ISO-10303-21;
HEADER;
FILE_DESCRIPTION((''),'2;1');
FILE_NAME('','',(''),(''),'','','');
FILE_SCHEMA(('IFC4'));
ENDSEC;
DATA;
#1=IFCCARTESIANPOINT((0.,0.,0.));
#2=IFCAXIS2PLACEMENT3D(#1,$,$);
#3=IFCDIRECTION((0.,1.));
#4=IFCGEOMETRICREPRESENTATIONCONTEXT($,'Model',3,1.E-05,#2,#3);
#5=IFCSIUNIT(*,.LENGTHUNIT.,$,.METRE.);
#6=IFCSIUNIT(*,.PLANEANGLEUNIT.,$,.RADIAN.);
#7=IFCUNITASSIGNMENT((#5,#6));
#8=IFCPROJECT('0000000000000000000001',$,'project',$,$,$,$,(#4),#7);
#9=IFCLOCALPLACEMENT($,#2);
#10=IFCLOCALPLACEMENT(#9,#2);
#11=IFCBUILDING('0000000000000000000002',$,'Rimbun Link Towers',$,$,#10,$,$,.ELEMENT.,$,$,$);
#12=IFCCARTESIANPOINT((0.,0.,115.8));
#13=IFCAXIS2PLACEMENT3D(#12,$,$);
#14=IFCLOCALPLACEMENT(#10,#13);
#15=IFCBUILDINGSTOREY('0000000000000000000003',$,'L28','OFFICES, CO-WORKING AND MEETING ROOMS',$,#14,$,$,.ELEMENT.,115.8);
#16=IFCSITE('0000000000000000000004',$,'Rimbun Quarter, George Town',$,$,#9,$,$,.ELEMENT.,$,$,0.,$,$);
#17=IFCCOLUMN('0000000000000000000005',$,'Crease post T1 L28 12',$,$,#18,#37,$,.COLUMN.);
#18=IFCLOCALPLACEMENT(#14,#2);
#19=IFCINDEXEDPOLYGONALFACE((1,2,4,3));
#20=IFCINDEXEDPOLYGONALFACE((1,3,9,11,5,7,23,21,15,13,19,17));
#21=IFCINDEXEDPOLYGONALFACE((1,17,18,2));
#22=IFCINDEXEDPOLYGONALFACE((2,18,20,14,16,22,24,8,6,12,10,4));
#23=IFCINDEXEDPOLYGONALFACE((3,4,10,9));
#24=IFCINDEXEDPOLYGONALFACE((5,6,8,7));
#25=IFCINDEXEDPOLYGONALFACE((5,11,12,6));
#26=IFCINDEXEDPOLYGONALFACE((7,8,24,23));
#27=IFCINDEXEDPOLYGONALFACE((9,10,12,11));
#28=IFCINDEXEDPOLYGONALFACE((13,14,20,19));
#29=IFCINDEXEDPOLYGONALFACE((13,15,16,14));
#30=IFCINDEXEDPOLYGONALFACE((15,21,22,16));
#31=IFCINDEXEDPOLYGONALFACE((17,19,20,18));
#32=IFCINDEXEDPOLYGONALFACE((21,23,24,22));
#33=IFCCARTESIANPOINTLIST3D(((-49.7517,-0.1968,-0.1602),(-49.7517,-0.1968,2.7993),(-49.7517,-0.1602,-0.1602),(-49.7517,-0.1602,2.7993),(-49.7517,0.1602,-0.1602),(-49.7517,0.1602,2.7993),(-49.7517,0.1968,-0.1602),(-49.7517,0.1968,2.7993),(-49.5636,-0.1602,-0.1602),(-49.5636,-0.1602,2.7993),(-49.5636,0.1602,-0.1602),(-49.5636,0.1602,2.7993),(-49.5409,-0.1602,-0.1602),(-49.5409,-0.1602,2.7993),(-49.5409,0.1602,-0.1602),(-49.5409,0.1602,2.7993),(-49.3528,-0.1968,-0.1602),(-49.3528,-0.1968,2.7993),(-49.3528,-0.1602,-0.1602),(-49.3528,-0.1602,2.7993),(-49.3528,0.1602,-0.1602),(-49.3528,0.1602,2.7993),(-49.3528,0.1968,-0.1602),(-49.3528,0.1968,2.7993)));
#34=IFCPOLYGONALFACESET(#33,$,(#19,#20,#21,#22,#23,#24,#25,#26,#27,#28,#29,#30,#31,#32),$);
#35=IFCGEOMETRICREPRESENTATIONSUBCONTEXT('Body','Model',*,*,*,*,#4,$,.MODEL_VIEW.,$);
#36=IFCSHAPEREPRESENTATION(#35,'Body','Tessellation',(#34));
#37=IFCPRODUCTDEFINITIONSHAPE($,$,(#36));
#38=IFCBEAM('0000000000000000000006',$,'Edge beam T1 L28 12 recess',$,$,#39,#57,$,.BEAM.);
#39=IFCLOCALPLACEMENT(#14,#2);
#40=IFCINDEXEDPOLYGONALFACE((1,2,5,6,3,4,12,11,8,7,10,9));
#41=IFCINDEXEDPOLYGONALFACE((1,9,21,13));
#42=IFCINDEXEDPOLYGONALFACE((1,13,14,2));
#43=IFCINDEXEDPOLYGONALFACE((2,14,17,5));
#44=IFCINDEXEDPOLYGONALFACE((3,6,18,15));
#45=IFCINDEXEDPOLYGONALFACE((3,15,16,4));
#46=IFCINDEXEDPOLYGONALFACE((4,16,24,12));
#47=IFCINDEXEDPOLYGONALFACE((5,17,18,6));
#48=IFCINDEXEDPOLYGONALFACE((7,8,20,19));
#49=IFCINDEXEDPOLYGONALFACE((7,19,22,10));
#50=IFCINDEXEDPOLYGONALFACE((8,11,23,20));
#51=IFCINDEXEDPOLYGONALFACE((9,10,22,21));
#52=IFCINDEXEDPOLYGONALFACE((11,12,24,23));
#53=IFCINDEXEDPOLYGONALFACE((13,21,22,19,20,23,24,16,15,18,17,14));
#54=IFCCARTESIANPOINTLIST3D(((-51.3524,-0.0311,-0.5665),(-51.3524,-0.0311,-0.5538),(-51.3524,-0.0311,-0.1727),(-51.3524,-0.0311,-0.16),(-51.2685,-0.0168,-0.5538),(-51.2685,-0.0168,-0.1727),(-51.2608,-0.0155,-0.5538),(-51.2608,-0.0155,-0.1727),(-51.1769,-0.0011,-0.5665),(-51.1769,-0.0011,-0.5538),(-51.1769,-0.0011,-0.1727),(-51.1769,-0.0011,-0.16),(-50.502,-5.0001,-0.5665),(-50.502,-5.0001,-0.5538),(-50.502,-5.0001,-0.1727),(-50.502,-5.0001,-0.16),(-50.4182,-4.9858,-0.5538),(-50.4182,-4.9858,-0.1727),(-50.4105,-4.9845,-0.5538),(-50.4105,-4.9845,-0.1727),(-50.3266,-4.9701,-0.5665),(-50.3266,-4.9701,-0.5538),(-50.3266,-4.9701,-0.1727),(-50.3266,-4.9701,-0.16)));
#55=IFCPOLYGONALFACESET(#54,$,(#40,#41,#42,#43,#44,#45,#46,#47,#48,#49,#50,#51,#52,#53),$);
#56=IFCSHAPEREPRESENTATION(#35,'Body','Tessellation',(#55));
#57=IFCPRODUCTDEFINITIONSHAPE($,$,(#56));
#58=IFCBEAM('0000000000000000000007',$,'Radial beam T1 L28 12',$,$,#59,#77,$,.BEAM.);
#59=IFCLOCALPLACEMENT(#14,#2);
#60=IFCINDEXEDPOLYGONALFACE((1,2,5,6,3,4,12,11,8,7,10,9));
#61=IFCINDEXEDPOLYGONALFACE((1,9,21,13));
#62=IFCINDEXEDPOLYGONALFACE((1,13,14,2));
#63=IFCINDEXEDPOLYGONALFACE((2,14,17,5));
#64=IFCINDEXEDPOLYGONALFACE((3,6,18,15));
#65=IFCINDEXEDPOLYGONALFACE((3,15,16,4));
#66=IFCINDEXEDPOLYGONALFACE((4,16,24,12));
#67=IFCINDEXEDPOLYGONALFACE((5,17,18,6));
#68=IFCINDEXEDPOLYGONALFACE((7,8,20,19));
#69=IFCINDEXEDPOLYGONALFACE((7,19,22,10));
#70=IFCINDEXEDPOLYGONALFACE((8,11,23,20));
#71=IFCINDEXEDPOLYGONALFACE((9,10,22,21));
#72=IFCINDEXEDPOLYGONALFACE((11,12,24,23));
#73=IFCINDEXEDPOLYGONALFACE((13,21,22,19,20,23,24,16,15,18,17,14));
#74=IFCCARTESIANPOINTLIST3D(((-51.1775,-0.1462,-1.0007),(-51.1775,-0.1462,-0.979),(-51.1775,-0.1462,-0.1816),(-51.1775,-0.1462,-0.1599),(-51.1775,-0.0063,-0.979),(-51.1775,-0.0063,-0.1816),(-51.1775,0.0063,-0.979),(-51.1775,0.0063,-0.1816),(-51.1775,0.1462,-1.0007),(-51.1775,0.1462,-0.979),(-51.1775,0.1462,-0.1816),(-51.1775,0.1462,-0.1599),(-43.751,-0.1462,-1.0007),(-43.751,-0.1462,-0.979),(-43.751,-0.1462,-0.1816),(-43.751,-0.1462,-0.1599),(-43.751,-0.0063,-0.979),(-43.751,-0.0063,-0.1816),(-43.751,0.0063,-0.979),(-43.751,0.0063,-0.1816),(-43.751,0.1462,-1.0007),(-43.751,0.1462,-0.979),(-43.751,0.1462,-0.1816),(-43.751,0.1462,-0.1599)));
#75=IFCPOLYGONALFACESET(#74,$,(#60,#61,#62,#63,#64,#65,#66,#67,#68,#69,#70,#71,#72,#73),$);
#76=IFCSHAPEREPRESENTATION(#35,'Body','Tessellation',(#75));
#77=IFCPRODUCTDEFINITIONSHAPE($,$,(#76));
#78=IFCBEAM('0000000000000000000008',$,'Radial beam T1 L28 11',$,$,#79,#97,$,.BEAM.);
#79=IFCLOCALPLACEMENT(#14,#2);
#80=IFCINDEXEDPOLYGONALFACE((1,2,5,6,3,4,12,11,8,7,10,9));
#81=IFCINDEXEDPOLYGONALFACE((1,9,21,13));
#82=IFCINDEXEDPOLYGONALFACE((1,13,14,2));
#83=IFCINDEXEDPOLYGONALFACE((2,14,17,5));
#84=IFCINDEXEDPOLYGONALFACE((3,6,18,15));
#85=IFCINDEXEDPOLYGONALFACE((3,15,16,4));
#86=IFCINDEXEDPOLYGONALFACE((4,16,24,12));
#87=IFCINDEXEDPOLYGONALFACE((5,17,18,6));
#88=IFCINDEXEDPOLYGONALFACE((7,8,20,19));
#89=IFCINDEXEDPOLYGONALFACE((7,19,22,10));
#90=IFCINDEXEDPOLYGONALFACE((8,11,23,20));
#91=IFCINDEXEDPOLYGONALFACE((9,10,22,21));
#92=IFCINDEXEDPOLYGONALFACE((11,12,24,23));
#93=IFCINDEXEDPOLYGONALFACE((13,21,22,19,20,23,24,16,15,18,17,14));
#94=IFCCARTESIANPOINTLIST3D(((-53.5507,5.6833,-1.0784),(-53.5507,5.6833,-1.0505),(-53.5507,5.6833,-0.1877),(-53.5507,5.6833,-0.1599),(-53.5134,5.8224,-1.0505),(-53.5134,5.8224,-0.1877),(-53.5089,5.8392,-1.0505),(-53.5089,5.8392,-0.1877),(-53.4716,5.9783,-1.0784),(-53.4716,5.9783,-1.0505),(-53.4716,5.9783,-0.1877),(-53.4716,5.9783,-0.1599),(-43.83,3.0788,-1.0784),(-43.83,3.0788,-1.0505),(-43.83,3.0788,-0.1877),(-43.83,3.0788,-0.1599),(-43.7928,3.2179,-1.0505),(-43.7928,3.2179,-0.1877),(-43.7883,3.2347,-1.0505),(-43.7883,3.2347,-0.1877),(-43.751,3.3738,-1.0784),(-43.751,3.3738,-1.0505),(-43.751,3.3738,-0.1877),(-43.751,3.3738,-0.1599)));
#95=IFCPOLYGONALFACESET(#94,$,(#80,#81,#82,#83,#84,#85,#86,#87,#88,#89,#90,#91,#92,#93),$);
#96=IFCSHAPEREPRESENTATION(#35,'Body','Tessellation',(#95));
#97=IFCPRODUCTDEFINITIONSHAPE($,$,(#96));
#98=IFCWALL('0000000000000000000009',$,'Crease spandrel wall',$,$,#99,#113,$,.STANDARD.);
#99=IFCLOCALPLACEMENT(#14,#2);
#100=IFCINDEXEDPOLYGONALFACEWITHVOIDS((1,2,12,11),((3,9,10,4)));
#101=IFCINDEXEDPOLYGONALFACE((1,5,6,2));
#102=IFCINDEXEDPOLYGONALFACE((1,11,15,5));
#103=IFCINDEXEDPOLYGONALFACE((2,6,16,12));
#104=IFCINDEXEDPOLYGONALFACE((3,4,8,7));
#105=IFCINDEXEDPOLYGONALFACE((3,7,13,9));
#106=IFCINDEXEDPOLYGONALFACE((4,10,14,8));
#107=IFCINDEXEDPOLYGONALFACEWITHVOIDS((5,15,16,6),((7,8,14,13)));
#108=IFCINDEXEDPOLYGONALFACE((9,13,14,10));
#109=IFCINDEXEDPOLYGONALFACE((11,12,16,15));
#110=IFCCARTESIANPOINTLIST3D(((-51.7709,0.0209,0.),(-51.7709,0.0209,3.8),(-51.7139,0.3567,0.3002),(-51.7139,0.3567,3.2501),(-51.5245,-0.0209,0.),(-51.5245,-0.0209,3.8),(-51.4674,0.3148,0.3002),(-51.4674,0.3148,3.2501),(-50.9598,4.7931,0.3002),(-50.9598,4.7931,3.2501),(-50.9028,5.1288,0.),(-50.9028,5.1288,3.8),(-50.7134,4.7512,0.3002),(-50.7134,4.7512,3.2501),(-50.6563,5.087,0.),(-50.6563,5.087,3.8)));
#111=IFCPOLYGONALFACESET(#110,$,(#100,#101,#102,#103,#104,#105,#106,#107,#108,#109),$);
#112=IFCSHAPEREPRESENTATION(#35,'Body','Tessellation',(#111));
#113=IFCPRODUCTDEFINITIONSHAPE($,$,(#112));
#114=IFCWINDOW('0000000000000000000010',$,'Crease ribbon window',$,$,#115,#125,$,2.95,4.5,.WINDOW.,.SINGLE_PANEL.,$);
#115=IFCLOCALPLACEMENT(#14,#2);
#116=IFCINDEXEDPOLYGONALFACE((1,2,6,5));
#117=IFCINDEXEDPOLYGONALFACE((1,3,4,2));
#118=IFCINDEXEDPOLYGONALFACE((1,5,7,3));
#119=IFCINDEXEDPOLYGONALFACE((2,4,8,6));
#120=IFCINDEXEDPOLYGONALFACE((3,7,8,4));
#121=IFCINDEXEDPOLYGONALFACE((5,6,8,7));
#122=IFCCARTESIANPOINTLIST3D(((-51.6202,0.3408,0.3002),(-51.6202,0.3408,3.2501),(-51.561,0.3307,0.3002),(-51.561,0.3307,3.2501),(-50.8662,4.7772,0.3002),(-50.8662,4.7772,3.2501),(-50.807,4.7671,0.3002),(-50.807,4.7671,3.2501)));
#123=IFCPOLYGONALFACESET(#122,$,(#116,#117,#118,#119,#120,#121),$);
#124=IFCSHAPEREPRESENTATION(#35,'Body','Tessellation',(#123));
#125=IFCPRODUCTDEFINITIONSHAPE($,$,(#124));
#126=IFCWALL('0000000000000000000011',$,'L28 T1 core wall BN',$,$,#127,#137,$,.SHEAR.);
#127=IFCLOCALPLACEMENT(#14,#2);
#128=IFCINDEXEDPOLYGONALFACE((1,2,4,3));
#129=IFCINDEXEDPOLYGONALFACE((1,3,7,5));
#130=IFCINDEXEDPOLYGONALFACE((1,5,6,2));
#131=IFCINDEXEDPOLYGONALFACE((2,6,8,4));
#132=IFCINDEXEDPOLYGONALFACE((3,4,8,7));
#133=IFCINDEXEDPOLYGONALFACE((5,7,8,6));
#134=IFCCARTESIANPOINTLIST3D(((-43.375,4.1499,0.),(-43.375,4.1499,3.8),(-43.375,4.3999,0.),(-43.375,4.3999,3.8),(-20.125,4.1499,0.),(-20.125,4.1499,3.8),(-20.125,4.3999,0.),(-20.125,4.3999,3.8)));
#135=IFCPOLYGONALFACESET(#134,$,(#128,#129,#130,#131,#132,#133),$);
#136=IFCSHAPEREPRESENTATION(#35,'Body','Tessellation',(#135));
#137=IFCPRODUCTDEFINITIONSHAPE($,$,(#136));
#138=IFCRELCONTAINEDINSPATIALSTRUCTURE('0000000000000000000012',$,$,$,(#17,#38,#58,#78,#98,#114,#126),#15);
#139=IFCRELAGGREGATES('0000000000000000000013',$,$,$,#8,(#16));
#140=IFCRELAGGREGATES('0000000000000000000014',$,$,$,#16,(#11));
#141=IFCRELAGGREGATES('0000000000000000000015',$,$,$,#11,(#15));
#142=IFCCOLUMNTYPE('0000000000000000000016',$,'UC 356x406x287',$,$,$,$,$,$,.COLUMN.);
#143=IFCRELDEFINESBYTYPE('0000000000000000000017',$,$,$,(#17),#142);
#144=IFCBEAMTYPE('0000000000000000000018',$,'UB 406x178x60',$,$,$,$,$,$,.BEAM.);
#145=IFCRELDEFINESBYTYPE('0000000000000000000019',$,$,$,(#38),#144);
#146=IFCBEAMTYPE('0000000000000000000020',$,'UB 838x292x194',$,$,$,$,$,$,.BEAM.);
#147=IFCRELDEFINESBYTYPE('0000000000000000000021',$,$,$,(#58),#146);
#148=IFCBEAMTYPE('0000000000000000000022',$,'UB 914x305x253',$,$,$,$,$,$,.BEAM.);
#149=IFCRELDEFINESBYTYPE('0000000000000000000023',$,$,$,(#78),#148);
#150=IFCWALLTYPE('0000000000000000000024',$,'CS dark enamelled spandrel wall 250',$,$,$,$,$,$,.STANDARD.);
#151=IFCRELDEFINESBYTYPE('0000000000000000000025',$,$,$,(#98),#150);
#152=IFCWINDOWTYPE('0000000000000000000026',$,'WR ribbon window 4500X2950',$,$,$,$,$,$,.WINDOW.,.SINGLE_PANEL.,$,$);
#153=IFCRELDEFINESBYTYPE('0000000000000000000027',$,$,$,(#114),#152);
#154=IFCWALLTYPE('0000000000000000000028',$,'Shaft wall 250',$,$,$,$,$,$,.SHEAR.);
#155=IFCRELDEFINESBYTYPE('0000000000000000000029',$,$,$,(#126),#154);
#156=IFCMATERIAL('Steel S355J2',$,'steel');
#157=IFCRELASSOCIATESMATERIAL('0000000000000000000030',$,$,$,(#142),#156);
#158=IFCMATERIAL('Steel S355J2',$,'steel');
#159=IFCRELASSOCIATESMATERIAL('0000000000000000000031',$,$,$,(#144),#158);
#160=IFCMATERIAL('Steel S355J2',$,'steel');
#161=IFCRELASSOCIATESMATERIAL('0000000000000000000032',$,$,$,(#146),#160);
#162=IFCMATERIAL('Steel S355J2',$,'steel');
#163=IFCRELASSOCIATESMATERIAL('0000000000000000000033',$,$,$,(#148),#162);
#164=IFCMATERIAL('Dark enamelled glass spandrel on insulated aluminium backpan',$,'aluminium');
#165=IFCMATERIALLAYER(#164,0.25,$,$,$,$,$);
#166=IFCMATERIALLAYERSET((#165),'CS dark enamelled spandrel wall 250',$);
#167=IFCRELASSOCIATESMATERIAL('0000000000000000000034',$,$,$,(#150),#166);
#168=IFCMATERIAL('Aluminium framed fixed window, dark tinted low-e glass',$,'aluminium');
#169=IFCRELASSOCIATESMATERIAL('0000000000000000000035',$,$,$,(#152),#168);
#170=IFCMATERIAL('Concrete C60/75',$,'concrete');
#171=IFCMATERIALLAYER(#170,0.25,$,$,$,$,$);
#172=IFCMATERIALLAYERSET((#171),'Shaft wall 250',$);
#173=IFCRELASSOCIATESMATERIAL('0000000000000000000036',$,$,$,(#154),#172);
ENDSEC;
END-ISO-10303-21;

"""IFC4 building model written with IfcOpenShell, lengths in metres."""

from ifc_helpers import new_model, si_unit, direction, frame, frame_2d, origin, origin_2d, place, context, subcontext, project, spatial, rectangle, i_section, extrude, material, layer, layer_set, material_profile, profile_set, type_object, element, fill, save


model = new_model("IFC4")

# Units and contexts
model_context = context("Model", 3, precision=1e-05, world=origin(), true_north=direction((0.0, 1.0)))
body_context = subcontext(model_context, "Body", "Model", "MODEL_VIEW")
ifc_project = project(units=[si_unit("LENGTHUNIT", "METRE"), si_unit("PLANEANGLEUNIT", "RADIAN")], contexts=[model_context])

# Site, building, storey
site_placement = place(None, origin())
site = spatial("IfcSite", under=ifc_project, at=site_placement, Name="Rimbun Quarter, George Town", CompositionType="ELEMENT", RefElevation=0.0)
building_placement = place(site_placement, origin())
building = spatial("IfcBuilding", under=site, at=building_placement, Name="Rimbun Link Towers", CompositionType="ELEMENT")
storey_placement = place(building_placement, frame((0.0, 0.0, 115.8)))
storey = spatial("IfcBuildingStorey", under=building, at=storey_placement, Name="L28", Description="OFFICES, CO-WORKING AND MEETING ROOMS", CompositionType="ELEMENT", Elevation=115.8)

# Column
ifc_material_1 = material(Name="Steel S355J2", Category="steel")
ifc_material_profile_1 = material_profile(ifc_material_1, i_section(OverallWidth=0.3989, OverallDepth=0.3936, WebThickness=0.0227, FlangeThickness=0.0366, at=origin_2d()), Name="UC 356x406x287")
ifc_profile_set_1 = profile_set([ifc_material_profile_1], Name="Steel S355J2")
column_type = type_object("IfcColumnType", Name="UC 356x406x287", PredefinedType="COLUMN", material=ifc_profile_set_1)
column_placement = place(storey_placement, frame((-49.5522, 0.0, -0.1602), z_axis=(0.0, 0.0, 1.0), x_axis=(1.0, 0.0, 0.0)))
element("IfcColumn", 1, at=column_placement, inside=storey, type_object=column_type, Name="Crease post T1 L28 12", PredefinedType="COLUMN", context=body_context, shape_type="SweptSolid", body=[
    extrude(i_section(OverallWidth=0.3989, OverallDepth=0.3936, WebThickness=0.0227, FlangeThickness=0.0366, at=origin_2d()), origin(), (0.0, 0.0, 1.0), 2.9595),
])

# Beams
ifc_material_2 = material(Name="Steel S355J2", Category="steel")
ifc_material_profile_2 = material_profile(ifc_material_2, i_section(OverallWidth=0.178, OverallDepth=0.4065, WebThickness=0.0078, FlangeThickness=0.0127, at=origin_2d()), Name="UB 406x178x60")
ifc_profile_set_2 = profile_set([ifc_material_profile_2], Name="Steel S355J2")
beam_type_1 = type_object("IfcBeamType", Name="UB 406x178x60", PredefinedType="BEAM", material=ifc_profile_set_2)
beam_1_placement = place(storey_placement, frame((-51.2646, -0.0161, -0.3633), z_axis=(0.168677, -0.985671, 0.0), x_axis=(0.985671, 0.168677, 0.0)))
element("IfcBeam", 2, at=beam_1_placement, inside=storey, type_object=beam_type_1, Name="Edge beam T1 L28 12 recess", PredefinedType="BEAM", context=body_context, shape_type="SweptSolid", body=[
    extrude(i_section(OverallWidth=0.178, OverallDepth=0.4065, WebThickness=0.0078, FlangeThickness=0.0127, at=origin_2d()), origin(), (0.0, 0.0, 1.0), 5.0413),
])
ifc_material_3 = material(Name="Steel S355J2", Category="steel")
ifc_material_profile_3 = material_profile(ifc_material_3, i_section(OverallWidth=0.2925, OverallDepth=0.8408, WebThickness=0.0127, FlangeThickness=0.0217, at=origin_2d()), Name="UB 838x292x194")
ifc_profile_set_3 = profile_set([ifc_material_profile_3], Name="Steel S355J2")
beam_type_2 = type_object("IfcBeamType", Name="UB 838x292x194", PredefinedType="BEAM", material=ifc_profile_set_3)
beam_2_placement = place(storey_placement, frame((-43.751, 0.0, -0.5803), z_axis=(-1.0, 0.0, 0.0), x_axis=(0.0, -1.0, 0.0)))
element("IfcBeam", 3, at=beam_2_placement, inside=storey, type_object=beam_type_2, Name="Radial beam T1 L28 12", PredefinedType="BEAM", context=body_context, shape_type="SweptSolid", body=[
    extrude(i_section(OverallWidth=0.2925, OverallDepth=0.8408, WebThickness=0.0127, FlangeThickness=0.0217, at=origin_2d()), origin(), (0.0, 0.0, 1.0), 7.4265),
])
ifc_material_4 = material(Name="Steel S355J2", Category="steel")
ifc_material_profile_4 = material_profile(ifc_material_4, i_section(OverallWidth=0.3054, OverallDepth=0.9185, WebThickness=0.0173, FlangeThickness=0.0278, at=origin_2d()), Name="UB 914x305x253")
ifc_profile_set_4 = profile_set([ifc_material_profile_4], Name="Steel S355J2")
beam_type_3 = type_object("IfcBeamType", Name="UB 914x305x253", PredefinedType="BEAM", material=ifc_profile_set_4)
beam_3_placement = place(storey_placement, frame((-43.7905, 3.2263, -0.6191), z_axis=(-0.96593, 0.258804, 0.0), x_axis=(-0.258804, -0.96593, 0.0)))
element("IfcBeam", 4, at=beam_3_placement, inside=storey, type_object=beam_type_3, Name="Radial beam T1 L28 11", PredefinedType="BEAM", context=body_context, shape_type="SweptSolid", body=[
    extrude(i_section(OverallWidth=0.3054, OverallDepth=0.9185, WebThickness=0.0173, FlangeThickness=0.0278, at=origin_2d()), origin(), (0.0, 0.0, 1.0), 10.0635),
])

# Wall, opening, window
ifc_material_5 = material(Name="Dark enamelled glass spandrel on insulated aluminium backpan", Category="aluminium")
ifc_layer_1 = layer(ifc_material_5, 0.25)
ifc_layer_set_1 = layer_set([ifc_layer_1], Name="CS dark enamelled spandrel wall 250")
wall_type_1 = type_object("IfcWallType", Name="CS dark enamelled spandrel wall 250", PredefinedType="STANDARD", material=ifc_layer_set_1)
wall_1_placement = place(storey_placement, frame((-51.6477, 0.0, 0.0), z_axis=(0.0, 0.0, 1.0), x_axis=(0.167562, 0.985862, 0.0)))
wall_1 = element("IfcWall", 5, at=wall_1_placement, inside=storey, type_object=wall_type_1, Name="Crease spandrel wall", PredefinedType="STANDARD", context=body_context, shape_type="SweptSolid", body=[
    extrude(rectangle(XDim=5.1812, YDim=0.25, at=frame_2d((2.5906, 0.0))), origin(), (0.0, 0.0, 1.0), 3.8),
])
opening_1_placement = place(wall_1_placement, frame((0.3406, 0.0, 0.3)))
opening_1 = element("IfcOpeningElement", 6, at=opening_1_placement, cuts=wall_1, PredefinedType="OPENING", context=body_context, shape_type="SweptSolid", body=[
    extrude(rectangle(XDim=4.5, YDim=2.95, at=frame_2d((2.25, 1.4751))), frame((0.0, 0.135, 0.0), z_axis=(0.0, -1.0, 0.0), x_axis=(1.0, 0.0, 0.0)), (0.0, 0.0, 1.0), 0.27),
])
ifc_material_6 = material(Name="Aluminium framed fixed window, dark tinted low-e glass", Category="aluminium")
window_type = type_object("IfcWindowType", Name="WR ribbon window 4500X2950", PartitioningType="SINGLE_PANEL", PredefinedType="WINDOW", material=ifc_material_6)
window_placement = place(opening_1_placement, origin())
window = element("IfcWindow", 7, at=window_placement, inside=storey, type_object=window_type, Name="Crease ribbon window", OverallHeight=2.95, OverallWidth=4.5, PartitioningType="SINGLE_PANEL", PredefinedType="WINDOW", context=body_context, shape_type="SweptSolid", body=[
    extrude(rectangle(XDim=4.5, YDim=2.95, at=frame_2d((2.25, 1.4751))), frame((0.0, 0.03, 0.0), z_axis=(0.0, -1.0, 0.0), x_axis=(1.0, 0.0, 0.0)), (0.0, 0.0, 1.0), 0.0601),
])
fill(opening_1, window)

# Wall
ifc_material_7 = material(Name="Concrete C60/75", Category="concrete")
ifc_layer_2 = layer(ifc_material_7, 0.25)
ifc_layer_set_2 = layer_set([ifc_layer_2], Name="Shaft wall 250")
wall_type_2 = type_object("IfcWallType", Name="Shaft wall 250", PredefinedType="SHEAR", material=ifc_layer_set_2)
wall_2_placement = place(storey_placement, frame((-43.375, 4.2749, 0.0), z_axis=(0.0, 0.0, 1.0), x_axis=(1.0, 0.0, 0.0)))
element("IfcWall", 8, at=wall_2_placement, inside=storey, type_object=wall_type_2, Name="L28 T1 core wall BN", PredefinedType="SHEAR", context=body_context, shape_type="SweptSolid", body=[
    extrude(rectangle(XDim=23.25, YDim=0.25, at=frame_2d((11.625, 0.0))), origin(), (0.0, 0.0, 1.0), 3.8),
])

save(model, "model.ifc")
